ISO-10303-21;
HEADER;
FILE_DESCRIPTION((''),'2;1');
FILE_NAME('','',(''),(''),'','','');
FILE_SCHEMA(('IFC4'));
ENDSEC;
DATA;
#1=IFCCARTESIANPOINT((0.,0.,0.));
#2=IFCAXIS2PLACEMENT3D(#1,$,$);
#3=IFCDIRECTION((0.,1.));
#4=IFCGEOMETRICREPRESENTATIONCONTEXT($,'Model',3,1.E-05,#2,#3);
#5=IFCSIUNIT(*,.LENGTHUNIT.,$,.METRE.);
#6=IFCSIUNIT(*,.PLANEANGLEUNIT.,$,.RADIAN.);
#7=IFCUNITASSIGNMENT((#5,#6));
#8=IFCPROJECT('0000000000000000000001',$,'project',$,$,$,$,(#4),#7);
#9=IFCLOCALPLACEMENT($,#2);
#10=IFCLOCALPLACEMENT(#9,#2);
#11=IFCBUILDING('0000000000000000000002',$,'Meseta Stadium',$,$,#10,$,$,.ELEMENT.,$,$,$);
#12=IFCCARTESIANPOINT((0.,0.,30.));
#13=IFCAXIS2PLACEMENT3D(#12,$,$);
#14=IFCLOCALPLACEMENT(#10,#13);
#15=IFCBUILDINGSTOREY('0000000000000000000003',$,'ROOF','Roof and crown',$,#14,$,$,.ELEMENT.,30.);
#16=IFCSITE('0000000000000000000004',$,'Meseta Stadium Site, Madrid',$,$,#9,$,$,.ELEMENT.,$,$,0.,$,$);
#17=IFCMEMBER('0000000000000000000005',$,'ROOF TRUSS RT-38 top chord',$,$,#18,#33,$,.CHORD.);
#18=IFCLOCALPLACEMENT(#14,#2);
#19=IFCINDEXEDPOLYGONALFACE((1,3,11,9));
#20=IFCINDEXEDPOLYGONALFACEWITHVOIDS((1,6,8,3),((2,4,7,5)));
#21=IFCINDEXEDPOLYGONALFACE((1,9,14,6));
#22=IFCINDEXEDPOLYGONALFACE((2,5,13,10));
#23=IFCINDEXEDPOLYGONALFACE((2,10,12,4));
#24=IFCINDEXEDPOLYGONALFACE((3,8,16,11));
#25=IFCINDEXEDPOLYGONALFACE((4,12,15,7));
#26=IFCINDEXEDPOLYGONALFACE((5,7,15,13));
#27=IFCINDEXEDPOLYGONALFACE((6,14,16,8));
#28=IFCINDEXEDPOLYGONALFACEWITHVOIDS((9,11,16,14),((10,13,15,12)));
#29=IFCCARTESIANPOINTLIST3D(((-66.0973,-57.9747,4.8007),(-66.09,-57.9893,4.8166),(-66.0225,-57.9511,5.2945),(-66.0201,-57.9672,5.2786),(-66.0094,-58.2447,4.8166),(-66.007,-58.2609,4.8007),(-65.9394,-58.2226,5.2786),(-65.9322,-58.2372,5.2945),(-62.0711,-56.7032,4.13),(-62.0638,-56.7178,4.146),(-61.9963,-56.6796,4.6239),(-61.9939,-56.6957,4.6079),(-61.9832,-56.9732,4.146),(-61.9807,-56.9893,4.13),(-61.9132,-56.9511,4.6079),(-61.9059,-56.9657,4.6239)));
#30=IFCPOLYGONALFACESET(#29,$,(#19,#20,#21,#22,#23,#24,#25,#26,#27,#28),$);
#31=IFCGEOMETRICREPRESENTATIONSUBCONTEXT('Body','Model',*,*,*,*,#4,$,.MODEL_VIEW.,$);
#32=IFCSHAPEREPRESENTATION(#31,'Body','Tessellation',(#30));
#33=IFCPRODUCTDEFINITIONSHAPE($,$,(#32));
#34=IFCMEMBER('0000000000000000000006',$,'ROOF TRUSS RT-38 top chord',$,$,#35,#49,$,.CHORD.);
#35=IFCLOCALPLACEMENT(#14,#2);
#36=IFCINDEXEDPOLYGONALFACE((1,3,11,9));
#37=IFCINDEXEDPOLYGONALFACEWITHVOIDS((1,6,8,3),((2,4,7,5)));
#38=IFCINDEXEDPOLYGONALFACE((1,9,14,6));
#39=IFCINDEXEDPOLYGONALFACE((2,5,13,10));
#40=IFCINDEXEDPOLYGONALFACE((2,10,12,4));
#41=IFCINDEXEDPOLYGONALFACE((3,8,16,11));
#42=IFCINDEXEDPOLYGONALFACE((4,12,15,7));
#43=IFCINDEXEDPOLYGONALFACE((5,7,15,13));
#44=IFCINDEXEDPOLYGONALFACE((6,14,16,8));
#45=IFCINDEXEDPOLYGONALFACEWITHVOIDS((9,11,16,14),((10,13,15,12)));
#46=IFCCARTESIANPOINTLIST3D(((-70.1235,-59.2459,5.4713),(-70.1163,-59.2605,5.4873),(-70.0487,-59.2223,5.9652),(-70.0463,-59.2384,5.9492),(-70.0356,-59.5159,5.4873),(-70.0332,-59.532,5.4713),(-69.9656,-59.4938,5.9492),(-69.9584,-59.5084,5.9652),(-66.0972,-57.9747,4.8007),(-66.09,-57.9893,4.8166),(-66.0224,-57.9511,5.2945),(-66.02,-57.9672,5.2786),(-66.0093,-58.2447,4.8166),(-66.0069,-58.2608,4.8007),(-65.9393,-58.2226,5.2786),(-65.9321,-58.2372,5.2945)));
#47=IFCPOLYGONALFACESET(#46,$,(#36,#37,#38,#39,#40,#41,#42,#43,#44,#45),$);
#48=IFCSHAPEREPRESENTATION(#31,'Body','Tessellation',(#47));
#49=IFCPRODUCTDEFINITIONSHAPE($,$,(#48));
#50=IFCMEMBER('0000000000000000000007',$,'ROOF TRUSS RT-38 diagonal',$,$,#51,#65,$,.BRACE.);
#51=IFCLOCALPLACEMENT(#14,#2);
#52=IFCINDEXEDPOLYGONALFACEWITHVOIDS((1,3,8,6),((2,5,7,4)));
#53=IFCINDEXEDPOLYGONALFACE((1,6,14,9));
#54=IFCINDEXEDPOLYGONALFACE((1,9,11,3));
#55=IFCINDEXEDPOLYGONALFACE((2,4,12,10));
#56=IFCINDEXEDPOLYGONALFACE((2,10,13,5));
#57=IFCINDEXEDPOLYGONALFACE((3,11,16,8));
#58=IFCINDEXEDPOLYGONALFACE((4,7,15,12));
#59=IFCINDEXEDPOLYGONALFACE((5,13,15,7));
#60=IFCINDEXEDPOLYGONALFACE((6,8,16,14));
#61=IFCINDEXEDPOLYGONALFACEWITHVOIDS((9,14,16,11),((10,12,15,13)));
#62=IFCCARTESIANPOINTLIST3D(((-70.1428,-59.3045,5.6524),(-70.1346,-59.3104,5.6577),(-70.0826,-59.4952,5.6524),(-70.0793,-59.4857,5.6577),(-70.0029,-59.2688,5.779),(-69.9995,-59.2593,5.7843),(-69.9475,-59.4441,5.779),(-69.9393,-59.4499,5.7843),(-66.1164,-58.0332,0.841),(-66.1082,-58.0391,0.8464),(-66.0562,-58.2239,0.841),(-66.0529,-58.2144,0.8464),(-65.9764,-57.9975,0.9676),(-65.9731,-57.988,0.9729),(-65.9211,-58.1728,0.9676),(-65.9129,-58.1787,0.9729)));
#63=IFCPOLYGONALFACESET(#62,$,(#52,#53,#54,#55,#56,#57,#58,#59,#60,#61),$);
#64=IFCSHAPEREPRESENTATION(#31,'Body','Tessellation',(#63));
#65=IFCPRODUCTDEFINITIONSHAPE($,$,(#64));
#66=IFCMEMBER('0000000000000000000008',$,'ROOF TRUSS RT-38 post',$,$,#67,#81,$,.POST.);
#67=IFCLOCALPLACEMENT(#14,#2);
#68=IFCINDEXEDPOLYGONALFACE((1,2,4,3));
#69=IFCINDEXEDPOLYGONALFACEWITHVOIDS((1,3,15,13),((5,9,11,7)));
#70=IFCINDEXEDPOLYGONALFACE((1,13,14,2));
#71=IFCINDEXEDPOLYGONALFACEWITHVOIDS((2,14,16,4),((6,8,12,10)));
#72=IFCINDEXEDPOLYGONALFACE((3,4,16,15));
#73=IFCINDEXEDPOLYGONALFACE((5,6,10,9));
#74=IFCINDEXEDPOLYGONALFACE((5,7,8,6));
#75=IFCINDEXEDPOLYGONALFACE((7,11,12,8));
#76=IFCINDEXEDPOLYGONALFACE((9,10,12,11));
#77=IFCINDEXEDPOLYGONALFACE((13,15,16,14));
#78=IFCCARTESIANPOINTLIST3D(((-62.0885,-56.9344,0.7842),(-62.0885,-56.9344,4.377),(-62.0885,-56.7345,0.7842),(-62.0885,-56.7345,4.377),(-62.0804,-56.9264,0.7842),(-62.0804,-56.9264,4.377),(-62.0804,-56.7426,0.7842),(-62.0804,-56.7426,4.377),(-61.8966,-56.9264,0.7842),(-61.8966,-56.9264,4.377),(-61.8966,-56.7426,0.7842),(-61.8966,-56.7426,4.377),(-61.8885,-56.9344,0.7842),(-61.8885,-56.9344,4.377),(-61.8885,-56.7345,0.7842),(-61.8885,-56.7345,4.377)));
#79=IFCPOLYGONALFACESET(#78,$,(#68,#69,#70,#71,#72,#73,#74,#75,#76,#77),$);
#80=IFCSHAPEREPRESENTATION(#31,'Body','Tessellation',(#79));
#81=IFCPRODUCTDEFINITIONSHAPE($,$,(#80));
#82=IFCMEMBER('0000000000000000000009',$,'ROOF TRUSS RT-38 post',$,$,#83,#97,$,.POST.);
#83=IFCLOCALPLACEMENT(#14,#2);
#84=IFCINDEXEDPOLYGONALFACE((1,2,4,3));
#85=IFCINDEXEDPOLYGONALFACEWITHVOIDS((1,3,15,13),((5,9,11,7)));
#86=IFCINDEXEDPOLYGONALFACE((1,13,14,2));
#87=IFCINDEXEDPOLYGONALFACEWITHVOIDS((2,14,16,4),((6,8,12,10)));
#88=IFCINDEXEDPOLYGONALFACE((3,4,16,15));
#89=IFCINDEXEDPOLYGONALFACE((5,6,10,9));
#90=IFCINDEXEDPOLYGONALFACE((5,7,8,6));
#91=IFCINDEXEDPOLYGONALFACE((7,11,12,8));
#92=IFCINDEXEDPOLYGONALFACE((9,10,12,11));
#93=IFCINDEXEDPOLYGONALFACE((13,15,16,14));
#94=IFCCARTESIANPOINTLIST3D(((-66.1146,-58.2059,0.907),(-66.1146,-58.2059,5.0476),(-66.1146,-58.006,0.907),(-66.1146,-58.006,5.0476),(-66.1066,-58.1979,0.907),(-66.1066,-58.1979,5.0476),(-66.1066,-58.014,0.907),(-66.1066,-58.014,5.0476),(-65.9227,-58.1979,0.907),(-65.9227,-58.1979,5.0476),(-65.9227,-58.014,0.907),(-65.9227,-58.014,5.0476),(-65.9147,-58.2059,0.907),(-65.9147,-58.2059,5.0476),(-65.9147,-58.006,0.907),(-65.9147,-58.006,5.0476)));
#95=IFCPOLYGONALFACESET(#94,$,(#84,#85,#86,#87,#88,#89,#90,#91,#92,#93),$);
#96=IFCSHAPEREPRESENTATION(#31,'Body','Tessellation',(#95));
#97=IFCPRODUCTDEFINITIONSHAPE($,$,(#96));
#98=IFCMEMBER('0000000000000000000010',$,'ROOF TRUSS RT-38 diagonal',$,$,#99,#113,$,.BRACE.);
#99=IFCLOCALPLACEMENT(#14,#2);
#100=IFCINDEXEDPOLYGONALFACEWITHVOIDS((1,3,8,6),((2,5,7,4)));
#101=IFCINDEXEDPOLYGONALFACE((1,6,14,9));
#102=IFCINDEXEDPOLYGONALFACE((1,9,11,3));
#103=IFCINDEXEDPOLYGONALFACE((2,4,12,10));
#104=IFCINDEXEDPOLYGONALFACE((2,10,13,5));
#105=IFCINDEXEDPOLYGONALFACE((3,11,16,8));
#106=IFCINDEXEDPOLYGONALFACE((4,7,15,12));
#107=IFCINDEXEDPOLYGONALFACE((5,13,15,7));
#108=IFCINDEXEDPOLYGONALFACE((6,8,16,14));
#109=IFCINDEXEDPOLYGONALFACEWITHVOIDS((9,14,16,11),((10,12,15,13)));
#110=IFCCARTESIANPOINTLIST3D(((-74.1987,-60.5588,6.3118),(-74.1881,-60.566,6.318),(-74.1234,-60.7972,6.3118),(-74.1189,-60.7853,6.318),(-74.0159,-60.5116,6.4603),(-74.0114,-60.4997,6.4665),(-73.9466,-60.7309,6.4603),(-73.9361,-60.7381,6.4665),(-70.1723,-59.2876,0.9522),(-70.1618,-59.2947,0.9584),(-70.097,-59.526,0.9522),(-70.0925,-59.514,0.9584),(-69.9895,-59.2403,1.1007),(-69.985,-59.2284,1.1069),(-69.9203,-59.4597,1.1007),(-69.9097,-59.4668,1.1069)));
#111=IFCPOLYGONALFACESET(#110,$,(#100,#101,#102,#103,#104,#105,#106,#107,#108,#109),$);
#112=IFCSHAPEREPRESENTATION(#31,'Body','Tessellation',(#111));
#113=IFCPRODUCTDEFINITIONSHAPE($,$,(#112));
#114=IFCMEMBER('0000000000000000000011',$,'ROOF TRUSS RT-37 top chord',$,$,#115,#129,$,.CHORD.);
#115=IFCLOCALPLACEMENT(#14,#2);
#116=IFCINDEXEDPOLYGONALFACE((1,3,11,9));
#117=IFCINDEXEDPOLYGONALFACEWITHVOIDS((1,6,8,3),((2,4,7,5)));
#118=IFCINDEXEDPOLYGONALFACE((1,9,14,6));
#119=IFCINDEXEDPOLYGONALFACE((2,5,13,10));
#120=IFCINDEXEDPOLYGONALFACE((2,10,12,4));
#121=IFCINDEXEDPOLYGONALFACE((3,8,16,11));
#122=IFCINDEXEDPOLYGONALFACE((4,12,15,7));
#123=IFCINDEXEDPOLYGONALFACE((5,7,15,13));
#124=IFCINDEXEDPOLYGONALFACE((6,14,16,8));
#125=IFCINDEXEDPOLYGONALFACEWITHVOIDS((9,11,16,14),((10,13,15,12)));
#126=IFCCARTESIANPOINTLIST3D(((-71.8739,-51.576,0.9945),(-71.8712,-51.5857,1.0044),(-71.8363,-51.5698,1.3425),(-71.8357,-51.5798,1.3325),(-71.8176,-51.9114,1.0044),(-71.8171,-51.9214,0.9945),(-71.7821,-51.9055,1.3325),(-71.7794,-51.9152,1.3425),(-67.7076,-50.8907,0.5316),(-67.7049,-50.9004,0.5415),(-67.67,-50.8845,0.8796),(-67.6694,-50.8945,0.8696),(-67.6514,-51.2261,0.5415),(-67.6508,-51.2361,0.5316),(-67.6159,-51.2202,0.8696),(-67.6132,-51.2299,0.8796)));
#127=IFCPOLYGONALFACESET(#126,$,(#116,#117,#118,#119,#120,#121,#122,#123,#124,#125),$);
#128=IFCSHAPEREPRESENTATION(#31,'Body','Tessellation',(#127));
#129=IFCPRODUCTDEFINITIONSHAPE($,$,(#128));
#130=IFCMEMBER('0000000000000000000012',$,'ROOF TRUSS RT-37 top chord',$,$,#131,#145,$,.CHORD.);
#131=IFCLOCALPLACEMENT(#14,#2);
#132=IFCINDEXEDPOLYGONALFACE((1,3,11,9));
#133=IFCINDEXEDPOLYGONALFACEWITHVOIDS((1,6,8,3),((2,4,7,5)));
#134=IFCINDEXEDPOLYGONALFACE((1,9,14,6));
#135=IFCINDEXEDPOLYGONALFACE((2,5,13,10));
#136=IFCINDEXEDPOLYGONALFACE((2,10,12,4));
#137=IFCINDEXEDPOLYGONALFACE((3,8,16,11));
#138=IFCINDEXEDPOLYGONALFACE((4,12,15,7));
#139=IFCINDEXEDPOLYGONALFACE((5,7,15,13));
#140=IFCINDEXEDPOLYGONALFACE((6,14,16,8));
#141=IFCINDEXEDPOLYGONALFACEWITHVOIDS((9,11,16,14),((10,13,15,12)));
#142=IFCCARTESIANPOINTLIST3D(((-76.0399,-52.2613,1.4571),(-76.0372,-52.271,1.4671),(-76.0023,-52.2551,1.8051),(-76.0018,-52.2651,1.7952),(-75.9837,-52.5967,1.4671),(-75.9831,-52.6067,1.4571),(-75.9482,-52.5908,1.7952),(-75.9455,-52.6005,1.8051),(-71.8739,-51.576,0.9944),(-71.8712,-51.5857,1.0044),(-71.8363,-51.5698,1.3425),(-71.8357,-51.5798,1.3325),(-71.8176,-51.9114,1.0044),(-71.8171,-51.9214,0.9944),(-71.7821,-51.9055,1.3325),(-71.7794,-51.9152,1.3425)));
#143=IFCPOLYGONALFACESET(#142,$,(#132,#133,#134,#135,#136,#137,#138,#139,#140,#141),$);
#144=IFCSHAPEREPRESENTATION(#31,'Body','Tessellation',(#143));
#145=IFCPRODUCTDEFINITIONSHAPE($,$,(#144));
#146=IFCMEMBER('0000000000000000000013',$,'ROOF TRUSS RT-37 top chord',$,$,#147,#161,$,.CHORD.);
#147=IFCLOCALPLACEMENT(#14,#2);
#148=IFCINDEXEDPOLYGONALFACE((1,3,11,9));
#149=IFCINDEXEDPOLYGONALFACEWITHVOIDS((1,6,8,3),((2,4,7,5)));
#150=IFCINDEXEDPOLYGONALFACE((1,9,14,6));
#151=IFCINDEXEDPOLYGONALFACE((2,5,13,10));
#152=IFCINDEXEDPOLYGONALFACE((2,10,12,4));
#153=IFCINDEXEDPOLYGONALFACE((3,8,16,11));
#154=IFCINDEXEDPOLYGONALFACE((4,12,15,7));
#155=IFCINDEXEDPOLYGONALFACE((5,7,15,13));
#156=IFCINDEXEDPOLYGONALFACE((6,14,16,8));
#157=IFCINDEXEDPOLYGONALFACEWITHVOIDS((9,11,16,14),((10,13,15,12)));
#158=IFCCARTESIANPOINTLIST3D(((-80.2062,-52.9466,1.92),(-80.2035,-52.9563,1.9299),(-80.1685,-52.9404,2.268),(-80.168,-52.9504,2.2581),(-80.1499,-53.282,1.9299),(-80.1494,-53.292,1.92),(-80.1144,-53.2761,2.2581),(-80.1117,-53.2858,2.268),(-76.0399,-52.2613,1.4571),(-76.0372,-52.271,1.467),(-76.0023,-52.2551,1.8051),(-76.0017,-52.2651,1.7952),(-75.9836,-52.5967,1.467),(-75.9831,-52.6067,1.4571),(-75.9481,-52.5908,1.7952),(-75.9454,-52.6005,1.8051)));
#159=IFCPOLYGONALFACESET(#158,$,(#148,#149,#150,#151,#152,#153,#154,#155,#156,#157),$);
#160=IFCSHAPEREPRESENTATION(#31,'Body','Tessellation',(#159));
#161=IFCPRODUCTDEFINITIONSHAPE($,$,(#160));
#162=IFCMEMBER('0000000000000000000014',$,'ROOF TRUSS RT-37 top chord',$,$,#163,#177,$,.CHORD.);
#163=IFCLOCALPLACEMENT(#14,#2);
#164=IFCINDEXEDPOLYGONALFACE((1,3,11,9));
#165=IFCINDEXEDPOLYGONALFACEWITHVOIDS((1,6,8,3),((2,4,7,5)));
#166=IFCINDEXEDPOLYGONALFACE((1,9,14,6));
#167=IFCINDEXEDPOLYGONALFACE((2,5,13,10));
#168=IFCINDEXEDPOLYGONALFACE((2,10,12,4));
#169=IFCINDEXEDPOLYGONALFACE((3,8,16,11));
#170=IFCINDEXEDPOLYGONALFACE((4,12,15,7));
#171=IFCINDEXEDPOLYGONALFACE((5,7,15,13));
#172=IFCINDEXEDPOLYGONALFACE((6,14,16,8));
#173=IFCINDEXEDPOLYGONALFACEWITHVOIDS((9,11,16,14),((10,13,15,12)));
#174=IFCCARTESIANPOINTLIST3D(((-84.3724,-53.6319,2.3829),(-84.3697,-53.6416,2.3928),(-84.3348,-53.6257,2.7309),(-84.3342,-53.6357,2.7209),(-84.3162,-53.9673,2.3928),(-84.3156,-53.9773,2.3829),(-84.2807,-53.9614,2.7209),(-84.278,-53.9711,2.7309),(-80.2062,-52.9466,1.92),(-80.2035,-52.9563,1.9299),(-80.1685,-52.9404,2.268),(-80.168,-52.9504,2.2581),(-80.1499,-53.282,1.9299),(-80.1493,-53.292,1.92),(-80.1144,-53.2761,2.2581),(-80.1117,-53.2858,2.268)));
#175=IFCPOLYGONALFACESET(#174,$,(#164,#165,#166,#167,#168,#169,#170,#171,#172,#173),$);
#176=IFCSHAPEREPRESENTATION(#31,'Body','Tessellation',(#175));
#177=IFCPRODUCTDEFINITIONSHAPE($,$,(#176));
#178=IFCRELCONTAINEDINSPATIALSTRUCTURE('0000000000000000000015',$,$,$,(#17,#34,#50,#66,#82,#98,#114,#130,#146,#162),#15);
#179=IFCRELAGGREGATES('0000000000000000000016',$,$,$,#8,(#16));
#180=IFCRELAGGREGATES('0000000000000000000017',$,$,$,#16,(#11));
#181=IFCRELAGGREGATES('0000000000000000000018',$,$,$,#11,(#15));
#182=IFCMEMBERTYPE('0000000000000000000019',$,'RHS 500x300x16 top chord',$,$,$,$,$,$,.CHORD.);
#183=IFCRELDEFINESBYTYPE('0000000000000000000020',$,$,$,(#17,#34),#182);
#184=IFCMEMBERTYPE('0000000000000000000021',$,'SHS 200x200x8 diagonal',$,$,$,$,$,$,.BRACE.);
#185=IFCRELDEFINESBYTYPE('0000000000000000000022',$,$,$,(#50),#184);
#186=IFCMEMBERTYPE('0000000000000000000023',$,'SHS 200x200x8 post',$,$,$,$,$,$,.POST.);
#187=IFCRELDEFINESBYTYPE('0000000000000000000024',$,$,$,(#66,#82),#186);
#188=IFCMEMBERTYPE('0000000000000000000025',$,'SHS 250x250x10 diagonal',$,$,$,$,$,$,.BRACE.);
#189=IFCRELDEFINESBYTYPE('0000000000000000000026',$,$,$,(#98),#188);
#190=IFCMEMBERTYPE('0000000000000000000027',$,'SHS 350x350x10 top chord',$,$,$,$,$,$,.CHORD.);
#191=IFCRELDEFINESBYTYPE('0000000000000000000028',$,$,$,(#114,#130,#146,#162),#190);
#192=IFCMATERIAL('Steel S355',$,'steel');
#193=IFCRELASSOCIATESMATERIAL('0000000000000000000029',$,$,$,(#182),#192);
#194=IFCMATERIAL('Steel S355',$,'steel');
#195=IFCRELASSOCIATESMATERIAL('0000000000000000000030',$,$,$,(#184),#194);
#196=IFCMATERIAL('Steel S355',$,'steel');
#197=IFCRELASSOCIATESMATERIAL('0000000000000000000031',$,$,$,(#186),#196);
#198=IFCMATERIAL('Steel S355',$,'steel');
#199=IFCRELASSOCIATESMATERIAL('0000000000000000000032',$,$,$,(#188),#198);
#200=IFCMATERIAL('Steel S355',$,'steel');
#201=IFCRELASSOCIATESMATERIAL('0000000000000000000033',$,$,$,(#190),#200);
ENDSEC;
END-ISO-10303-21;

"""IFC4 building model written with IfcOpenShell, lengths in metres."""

from ifc_helpers import new_model, si_unit, direction, frame, origin, origin_2d, place, context, subcontext, project, spatial, hollow_rectangle, extrude, material, material_profile, profile_set, type_object, element, save


model = new_model("IFC4")

# Units and contexts
model_context = context("Model", 3, precision=1e-05, world=origin(), true_north=direction((0.0, 1.0)))
body_context = subcontext(model_context, "Body", "Model", "MODEL_VIEW")
ifc_project = project(units=[si_unit("LENGTHUNIT", "METRE"), si_unit("PLANEANGLEUNIT", "RADIAN")], contexts=[model_context])

# Site, building, storey
site_placement = place(None, origin())
site = spatial("IfcSite", under=ifc_project, at=site_placement, Name="Meseta Stadium Site, Madrid", CompositionType="ELEMENT", RefElevation=0.0)
building_placement = place(site_placement, origin())
building = spatial("IfcBuilding", under=site, at=building_placement, Name="Meseta Stadium", CompositionType="ELEMENT")
storey_placement = place(building_placement, frame((0.0, 0.0, 30.0)))
storey = spatial("IfcBuildingStorey", under=building, at=storey_placement, Name="ROOF", Description="Roof and crown", CompositionType="ELEMENT", Elevation=30.0)

# Members
ifc_material_1 = material(Name="Steel S355", Category="steel")
ifc_material_profile_1 = material_profile(ifc_material_1, hollow_rectangle(XDim=0.3, YDim=0.5, WallThickness=0.0161, at=origin_2d()), Name="RHS 500x300x16")
ifc_profile_set_1 = profile_set([ifc_material_profile_1], Name="Steel S355")
member_type_1 = type_object("IfcMemberType", Name="RHS 500x300x16 top chord", PredefinedType="CHORD", material=ifc_profile_set_1)
for number, where, z_axis, x_axis, name in (
    (1, (-61.9885, -56.8345, 4.377), (-0.941771, -0.297419, 0.156876), (0.301148, -0.953577, 0.0), "ROOF TRUSS RT-38 top chord"),
    (2, (-66.0146, -58.106, 5.0476), (-0.941793, -0.297351, 0.15687), (0.301079, -0.953599, 0.0), "ROOF TRUSS RT-38 top chord"),
):
    element("IfcMember", number, at=place(storey_placement, frame(where, z_axis=z_axis, x_axis=x_axis)), inside=storey, type_object=member_type_1, Name=name, PredefinedType="CHORD", context=body_context, shape_type="SweptSolid", body=[
        extrude(hollow_rectangle(XDim=0.3, YDim=0.5, WallThickness=0.0161, at=origin_2d()), origin(), (0.0, 0.0, 1.0), 4.2751),
    ])
ifc_material_2 = material(Name="Steel S355", Category="steel")
ifc_material_profile_2 = material_profile(ifc_material_2, hollow_rectangle(XDim=0.2, YDim=0.2, WallThickness=0.0081, at=origin_2d()), Name="SHS 200x200x8")
ifc_profile_set_2 = profile_set([ifc_material_profile_2], Name="Steel S355")
member_type_2 = type_object("IfcMemberType", Name="SHS 200x200x8 diagonal", PredefinedType="BRACE", material=ifc_profile_set_2)
member_1_placement = place(storey_placement, frame((-66.0146, -58.106, 0.907), z_axis=(-0.628996, -0.198592, 0.751615), x_axis=(0.301079, -0.953599, 0.0)))
element("IfcMember", 3, at=member_1_placement, inside=storey, type_object=member_type_2, Name="ROOF TRUSS RT-38 diagonal", PredefinedType="BRACE", context=body_context, shape_type="SweptSolid", body=[
    extrude(hollow_rectangle(XDim=0.2, YDim=0.2, WallThickness=0.0081, at=origin_2d()), origin(), (0.0, 0.0, 1.0), 6.4014),
])
ifc_material_3 = material(Name="Steel S355", Category="steel")
ifc_material_profile_3 = material_profile(ifc_material_3, hollow_rectangle(XDim=0.2, YDim=0.2, WallThickness=0.0081, at=origin_2d()), Name="SHS 200x200x8")
ifc_profile_set_3 = profile_set([ifc_material_profile_3], Name="Steel S355")
member_type_3 = type_object("IfcMemberType", Name="SHS 200x200x8 post", PredefinedType="POST", material=ifc_profile_set_3)
member_2_placement = place(storey_placement, frame((-61.9885, -56.8345, 0.7842), z_axis=(0.0, 0.0, 1.0), x_axis=(1.0, 0.0, 0.0)))
element("IfcMember", 4, at=member_2_placement, inside=storey, type_object=member_type_3, Name="ROOF TRUSS RT-38 post", PredefinedType="POST", context=body_context, shape_type="SweptSolid", body=[
    extrude(hollow_rectangle(XDim=0.2, YDim=0.2, WallThickness=0.0081, at=origin_2d()), origin(), (0.0, 0.0, 1.0), 3.5928),
])
member_3_placement = place(storey_placement, frame((-66.0146, -58.106, 0.907), z_axis=(0.0, 0.0, 1.0), x_axis=(1.0, 0.0, 0.0)))
element("IfcMember", 5, at=member_3_placement, inside=storey, type_object=member_type_3, Name="ROOF TRUSS RT-38 post", PredefinedType="POST", context=body_context, shape_type="SweptSolid", body=[
    extrude(hollow_rectangle(XDim=0.2, YDim=0.2, WallThickness=0.0081, at=origin_2d()), origin(), (0.0, 0.0, 1.0), 4.1406),
])
ifc_material_4 = material(Name="Steel S355", Category="steel")
ifc_material_profile_4 = material_profile(ifc_material_4, hollow_rectangle(XDim=0.25, YDim=0.25, WallThickness=0.01, at=origin_2d()), Name="SHS 250x250x10")
ifc_profile_set_4 = profile_set([ifc_material_profile_4], Name="Steel S355")
member_type_4 = type_object("IfcMemberType", Name="SHS 250x250x10 diagonal", PredefinedType="BRACE", material=ifc_profile_set_4)
member_4_placement = place(storey_placement, frame((-70.041, -59.3772, 1.0295), z_axis=(-0.590118, -0.186317, 0.785523), x_axis=(0.301079, -0.953599, 0.0)))
element("IfcMember", 6, at=member_4_placement, inside=storey, type_object=member_type_4, Name="ROOF TRUSS RT-38 diagonal", PredefinedType="BRACE", context=body_context, shape_type="SweptSolid", body=[
    extrude(hollow_rectangle(XDim=0.25, YDim=0.25, WallThickness=0.01, at=origin_2d()), origin(), (0.0, 0.0, 1.0), 6.823),
])
ifc_material_5 = material(Name="Steel S355", Category="steel")
ifc_material_profile_5 = material_profile(ifc_material_5, hollow_rectangle(XDim=0.3501, YDim=0.3501, WallThickness=0.01, at=origin_2d()), Name="SHS 350x350x10")
ifc_profile_set_5 = profile_set([ifc_material_profile_5], Name="Steel S355")
member_type_5 = type_object("IfcMemberType", Name="SHS 350x350x10 top chord", PredefinedType="CHORD", material=ifc_profile_set_5)
member_5_placement = place(storey_placement, frame((-67.6604, -51.0603, 0.7056), z_axis=(-0.980863, -0.161341, 0.108978), x_axis=(0.162308, -0.98674, 0.0)))
element("IfcMember", 7, at=member_5_placement, inside=storey, type_object=member_type_5, Name="ROOF TRUSS RT-37 top chord", PredefinedType="CHORD", context=body_context, shape_type="SweptSolid", body=[
    extrude(hollow_rectangle(XDim=0.3501, YDim=0.3501, WallThickness=0.01, at=origin_2d()), origin(), (0.0, 0.0, 1.0), 4.2476),
])
member_6_placement = place(storey_placement, frame((-71.8267, -51.7456, 1.1685), z_axis=(-0.980867, -0.161351, 0.108928), x_axis=(0.162317, -0.986739, 0.0)))
element("IfcMember", 8, at=member_6_placement, inside=storey, type_object=member_type_5, Name="ROOF TRUSS RT-37 top chord", PredefinedType="CHORD", context=body_context, shape_type="SweptSolid", body=[
    extrude(hollow_rectangle(XDim=0.3501, YDim=0.3501, WallThickness=0.01, at=origin_2d()), origin(), (0.0, 0.0, 1.0), 4.2473),
])
for number, where, z_axis, x_axis, name in (
    (9, (-75.9927, -52.4309, 1.6311), (-0.980863, -0.161341, 0.108978), (0.162308, -0.98674, 0.0), "ROOF TRUSS RT-37 top chord"),
    (10, (-80.1589, -53.1162, 2.094), (-0.980863, -0.161341, 0.108978), (0.162308, -0.98674, 0.0), "ROOF TRUSS RT-37 top chord"),
):
    element("IfcMember", number, at=place(storey_placement, frame(where, z_axis=z_axis, x_axis=x_axis)), inside=storey, type_object=member_type_5, Name=name, PredefinedType="CHORD", context=body_context, shape_type="SweptSolid", body=[
        extrude(hollow_rectangle(XDim=0.3501, YDim=0.3501, WallThickness=0.01, at=origin_2d()), origin(), (0.0, 0.0, 1.0), 4.2476),
    ])

save(model, "model.ifc")
